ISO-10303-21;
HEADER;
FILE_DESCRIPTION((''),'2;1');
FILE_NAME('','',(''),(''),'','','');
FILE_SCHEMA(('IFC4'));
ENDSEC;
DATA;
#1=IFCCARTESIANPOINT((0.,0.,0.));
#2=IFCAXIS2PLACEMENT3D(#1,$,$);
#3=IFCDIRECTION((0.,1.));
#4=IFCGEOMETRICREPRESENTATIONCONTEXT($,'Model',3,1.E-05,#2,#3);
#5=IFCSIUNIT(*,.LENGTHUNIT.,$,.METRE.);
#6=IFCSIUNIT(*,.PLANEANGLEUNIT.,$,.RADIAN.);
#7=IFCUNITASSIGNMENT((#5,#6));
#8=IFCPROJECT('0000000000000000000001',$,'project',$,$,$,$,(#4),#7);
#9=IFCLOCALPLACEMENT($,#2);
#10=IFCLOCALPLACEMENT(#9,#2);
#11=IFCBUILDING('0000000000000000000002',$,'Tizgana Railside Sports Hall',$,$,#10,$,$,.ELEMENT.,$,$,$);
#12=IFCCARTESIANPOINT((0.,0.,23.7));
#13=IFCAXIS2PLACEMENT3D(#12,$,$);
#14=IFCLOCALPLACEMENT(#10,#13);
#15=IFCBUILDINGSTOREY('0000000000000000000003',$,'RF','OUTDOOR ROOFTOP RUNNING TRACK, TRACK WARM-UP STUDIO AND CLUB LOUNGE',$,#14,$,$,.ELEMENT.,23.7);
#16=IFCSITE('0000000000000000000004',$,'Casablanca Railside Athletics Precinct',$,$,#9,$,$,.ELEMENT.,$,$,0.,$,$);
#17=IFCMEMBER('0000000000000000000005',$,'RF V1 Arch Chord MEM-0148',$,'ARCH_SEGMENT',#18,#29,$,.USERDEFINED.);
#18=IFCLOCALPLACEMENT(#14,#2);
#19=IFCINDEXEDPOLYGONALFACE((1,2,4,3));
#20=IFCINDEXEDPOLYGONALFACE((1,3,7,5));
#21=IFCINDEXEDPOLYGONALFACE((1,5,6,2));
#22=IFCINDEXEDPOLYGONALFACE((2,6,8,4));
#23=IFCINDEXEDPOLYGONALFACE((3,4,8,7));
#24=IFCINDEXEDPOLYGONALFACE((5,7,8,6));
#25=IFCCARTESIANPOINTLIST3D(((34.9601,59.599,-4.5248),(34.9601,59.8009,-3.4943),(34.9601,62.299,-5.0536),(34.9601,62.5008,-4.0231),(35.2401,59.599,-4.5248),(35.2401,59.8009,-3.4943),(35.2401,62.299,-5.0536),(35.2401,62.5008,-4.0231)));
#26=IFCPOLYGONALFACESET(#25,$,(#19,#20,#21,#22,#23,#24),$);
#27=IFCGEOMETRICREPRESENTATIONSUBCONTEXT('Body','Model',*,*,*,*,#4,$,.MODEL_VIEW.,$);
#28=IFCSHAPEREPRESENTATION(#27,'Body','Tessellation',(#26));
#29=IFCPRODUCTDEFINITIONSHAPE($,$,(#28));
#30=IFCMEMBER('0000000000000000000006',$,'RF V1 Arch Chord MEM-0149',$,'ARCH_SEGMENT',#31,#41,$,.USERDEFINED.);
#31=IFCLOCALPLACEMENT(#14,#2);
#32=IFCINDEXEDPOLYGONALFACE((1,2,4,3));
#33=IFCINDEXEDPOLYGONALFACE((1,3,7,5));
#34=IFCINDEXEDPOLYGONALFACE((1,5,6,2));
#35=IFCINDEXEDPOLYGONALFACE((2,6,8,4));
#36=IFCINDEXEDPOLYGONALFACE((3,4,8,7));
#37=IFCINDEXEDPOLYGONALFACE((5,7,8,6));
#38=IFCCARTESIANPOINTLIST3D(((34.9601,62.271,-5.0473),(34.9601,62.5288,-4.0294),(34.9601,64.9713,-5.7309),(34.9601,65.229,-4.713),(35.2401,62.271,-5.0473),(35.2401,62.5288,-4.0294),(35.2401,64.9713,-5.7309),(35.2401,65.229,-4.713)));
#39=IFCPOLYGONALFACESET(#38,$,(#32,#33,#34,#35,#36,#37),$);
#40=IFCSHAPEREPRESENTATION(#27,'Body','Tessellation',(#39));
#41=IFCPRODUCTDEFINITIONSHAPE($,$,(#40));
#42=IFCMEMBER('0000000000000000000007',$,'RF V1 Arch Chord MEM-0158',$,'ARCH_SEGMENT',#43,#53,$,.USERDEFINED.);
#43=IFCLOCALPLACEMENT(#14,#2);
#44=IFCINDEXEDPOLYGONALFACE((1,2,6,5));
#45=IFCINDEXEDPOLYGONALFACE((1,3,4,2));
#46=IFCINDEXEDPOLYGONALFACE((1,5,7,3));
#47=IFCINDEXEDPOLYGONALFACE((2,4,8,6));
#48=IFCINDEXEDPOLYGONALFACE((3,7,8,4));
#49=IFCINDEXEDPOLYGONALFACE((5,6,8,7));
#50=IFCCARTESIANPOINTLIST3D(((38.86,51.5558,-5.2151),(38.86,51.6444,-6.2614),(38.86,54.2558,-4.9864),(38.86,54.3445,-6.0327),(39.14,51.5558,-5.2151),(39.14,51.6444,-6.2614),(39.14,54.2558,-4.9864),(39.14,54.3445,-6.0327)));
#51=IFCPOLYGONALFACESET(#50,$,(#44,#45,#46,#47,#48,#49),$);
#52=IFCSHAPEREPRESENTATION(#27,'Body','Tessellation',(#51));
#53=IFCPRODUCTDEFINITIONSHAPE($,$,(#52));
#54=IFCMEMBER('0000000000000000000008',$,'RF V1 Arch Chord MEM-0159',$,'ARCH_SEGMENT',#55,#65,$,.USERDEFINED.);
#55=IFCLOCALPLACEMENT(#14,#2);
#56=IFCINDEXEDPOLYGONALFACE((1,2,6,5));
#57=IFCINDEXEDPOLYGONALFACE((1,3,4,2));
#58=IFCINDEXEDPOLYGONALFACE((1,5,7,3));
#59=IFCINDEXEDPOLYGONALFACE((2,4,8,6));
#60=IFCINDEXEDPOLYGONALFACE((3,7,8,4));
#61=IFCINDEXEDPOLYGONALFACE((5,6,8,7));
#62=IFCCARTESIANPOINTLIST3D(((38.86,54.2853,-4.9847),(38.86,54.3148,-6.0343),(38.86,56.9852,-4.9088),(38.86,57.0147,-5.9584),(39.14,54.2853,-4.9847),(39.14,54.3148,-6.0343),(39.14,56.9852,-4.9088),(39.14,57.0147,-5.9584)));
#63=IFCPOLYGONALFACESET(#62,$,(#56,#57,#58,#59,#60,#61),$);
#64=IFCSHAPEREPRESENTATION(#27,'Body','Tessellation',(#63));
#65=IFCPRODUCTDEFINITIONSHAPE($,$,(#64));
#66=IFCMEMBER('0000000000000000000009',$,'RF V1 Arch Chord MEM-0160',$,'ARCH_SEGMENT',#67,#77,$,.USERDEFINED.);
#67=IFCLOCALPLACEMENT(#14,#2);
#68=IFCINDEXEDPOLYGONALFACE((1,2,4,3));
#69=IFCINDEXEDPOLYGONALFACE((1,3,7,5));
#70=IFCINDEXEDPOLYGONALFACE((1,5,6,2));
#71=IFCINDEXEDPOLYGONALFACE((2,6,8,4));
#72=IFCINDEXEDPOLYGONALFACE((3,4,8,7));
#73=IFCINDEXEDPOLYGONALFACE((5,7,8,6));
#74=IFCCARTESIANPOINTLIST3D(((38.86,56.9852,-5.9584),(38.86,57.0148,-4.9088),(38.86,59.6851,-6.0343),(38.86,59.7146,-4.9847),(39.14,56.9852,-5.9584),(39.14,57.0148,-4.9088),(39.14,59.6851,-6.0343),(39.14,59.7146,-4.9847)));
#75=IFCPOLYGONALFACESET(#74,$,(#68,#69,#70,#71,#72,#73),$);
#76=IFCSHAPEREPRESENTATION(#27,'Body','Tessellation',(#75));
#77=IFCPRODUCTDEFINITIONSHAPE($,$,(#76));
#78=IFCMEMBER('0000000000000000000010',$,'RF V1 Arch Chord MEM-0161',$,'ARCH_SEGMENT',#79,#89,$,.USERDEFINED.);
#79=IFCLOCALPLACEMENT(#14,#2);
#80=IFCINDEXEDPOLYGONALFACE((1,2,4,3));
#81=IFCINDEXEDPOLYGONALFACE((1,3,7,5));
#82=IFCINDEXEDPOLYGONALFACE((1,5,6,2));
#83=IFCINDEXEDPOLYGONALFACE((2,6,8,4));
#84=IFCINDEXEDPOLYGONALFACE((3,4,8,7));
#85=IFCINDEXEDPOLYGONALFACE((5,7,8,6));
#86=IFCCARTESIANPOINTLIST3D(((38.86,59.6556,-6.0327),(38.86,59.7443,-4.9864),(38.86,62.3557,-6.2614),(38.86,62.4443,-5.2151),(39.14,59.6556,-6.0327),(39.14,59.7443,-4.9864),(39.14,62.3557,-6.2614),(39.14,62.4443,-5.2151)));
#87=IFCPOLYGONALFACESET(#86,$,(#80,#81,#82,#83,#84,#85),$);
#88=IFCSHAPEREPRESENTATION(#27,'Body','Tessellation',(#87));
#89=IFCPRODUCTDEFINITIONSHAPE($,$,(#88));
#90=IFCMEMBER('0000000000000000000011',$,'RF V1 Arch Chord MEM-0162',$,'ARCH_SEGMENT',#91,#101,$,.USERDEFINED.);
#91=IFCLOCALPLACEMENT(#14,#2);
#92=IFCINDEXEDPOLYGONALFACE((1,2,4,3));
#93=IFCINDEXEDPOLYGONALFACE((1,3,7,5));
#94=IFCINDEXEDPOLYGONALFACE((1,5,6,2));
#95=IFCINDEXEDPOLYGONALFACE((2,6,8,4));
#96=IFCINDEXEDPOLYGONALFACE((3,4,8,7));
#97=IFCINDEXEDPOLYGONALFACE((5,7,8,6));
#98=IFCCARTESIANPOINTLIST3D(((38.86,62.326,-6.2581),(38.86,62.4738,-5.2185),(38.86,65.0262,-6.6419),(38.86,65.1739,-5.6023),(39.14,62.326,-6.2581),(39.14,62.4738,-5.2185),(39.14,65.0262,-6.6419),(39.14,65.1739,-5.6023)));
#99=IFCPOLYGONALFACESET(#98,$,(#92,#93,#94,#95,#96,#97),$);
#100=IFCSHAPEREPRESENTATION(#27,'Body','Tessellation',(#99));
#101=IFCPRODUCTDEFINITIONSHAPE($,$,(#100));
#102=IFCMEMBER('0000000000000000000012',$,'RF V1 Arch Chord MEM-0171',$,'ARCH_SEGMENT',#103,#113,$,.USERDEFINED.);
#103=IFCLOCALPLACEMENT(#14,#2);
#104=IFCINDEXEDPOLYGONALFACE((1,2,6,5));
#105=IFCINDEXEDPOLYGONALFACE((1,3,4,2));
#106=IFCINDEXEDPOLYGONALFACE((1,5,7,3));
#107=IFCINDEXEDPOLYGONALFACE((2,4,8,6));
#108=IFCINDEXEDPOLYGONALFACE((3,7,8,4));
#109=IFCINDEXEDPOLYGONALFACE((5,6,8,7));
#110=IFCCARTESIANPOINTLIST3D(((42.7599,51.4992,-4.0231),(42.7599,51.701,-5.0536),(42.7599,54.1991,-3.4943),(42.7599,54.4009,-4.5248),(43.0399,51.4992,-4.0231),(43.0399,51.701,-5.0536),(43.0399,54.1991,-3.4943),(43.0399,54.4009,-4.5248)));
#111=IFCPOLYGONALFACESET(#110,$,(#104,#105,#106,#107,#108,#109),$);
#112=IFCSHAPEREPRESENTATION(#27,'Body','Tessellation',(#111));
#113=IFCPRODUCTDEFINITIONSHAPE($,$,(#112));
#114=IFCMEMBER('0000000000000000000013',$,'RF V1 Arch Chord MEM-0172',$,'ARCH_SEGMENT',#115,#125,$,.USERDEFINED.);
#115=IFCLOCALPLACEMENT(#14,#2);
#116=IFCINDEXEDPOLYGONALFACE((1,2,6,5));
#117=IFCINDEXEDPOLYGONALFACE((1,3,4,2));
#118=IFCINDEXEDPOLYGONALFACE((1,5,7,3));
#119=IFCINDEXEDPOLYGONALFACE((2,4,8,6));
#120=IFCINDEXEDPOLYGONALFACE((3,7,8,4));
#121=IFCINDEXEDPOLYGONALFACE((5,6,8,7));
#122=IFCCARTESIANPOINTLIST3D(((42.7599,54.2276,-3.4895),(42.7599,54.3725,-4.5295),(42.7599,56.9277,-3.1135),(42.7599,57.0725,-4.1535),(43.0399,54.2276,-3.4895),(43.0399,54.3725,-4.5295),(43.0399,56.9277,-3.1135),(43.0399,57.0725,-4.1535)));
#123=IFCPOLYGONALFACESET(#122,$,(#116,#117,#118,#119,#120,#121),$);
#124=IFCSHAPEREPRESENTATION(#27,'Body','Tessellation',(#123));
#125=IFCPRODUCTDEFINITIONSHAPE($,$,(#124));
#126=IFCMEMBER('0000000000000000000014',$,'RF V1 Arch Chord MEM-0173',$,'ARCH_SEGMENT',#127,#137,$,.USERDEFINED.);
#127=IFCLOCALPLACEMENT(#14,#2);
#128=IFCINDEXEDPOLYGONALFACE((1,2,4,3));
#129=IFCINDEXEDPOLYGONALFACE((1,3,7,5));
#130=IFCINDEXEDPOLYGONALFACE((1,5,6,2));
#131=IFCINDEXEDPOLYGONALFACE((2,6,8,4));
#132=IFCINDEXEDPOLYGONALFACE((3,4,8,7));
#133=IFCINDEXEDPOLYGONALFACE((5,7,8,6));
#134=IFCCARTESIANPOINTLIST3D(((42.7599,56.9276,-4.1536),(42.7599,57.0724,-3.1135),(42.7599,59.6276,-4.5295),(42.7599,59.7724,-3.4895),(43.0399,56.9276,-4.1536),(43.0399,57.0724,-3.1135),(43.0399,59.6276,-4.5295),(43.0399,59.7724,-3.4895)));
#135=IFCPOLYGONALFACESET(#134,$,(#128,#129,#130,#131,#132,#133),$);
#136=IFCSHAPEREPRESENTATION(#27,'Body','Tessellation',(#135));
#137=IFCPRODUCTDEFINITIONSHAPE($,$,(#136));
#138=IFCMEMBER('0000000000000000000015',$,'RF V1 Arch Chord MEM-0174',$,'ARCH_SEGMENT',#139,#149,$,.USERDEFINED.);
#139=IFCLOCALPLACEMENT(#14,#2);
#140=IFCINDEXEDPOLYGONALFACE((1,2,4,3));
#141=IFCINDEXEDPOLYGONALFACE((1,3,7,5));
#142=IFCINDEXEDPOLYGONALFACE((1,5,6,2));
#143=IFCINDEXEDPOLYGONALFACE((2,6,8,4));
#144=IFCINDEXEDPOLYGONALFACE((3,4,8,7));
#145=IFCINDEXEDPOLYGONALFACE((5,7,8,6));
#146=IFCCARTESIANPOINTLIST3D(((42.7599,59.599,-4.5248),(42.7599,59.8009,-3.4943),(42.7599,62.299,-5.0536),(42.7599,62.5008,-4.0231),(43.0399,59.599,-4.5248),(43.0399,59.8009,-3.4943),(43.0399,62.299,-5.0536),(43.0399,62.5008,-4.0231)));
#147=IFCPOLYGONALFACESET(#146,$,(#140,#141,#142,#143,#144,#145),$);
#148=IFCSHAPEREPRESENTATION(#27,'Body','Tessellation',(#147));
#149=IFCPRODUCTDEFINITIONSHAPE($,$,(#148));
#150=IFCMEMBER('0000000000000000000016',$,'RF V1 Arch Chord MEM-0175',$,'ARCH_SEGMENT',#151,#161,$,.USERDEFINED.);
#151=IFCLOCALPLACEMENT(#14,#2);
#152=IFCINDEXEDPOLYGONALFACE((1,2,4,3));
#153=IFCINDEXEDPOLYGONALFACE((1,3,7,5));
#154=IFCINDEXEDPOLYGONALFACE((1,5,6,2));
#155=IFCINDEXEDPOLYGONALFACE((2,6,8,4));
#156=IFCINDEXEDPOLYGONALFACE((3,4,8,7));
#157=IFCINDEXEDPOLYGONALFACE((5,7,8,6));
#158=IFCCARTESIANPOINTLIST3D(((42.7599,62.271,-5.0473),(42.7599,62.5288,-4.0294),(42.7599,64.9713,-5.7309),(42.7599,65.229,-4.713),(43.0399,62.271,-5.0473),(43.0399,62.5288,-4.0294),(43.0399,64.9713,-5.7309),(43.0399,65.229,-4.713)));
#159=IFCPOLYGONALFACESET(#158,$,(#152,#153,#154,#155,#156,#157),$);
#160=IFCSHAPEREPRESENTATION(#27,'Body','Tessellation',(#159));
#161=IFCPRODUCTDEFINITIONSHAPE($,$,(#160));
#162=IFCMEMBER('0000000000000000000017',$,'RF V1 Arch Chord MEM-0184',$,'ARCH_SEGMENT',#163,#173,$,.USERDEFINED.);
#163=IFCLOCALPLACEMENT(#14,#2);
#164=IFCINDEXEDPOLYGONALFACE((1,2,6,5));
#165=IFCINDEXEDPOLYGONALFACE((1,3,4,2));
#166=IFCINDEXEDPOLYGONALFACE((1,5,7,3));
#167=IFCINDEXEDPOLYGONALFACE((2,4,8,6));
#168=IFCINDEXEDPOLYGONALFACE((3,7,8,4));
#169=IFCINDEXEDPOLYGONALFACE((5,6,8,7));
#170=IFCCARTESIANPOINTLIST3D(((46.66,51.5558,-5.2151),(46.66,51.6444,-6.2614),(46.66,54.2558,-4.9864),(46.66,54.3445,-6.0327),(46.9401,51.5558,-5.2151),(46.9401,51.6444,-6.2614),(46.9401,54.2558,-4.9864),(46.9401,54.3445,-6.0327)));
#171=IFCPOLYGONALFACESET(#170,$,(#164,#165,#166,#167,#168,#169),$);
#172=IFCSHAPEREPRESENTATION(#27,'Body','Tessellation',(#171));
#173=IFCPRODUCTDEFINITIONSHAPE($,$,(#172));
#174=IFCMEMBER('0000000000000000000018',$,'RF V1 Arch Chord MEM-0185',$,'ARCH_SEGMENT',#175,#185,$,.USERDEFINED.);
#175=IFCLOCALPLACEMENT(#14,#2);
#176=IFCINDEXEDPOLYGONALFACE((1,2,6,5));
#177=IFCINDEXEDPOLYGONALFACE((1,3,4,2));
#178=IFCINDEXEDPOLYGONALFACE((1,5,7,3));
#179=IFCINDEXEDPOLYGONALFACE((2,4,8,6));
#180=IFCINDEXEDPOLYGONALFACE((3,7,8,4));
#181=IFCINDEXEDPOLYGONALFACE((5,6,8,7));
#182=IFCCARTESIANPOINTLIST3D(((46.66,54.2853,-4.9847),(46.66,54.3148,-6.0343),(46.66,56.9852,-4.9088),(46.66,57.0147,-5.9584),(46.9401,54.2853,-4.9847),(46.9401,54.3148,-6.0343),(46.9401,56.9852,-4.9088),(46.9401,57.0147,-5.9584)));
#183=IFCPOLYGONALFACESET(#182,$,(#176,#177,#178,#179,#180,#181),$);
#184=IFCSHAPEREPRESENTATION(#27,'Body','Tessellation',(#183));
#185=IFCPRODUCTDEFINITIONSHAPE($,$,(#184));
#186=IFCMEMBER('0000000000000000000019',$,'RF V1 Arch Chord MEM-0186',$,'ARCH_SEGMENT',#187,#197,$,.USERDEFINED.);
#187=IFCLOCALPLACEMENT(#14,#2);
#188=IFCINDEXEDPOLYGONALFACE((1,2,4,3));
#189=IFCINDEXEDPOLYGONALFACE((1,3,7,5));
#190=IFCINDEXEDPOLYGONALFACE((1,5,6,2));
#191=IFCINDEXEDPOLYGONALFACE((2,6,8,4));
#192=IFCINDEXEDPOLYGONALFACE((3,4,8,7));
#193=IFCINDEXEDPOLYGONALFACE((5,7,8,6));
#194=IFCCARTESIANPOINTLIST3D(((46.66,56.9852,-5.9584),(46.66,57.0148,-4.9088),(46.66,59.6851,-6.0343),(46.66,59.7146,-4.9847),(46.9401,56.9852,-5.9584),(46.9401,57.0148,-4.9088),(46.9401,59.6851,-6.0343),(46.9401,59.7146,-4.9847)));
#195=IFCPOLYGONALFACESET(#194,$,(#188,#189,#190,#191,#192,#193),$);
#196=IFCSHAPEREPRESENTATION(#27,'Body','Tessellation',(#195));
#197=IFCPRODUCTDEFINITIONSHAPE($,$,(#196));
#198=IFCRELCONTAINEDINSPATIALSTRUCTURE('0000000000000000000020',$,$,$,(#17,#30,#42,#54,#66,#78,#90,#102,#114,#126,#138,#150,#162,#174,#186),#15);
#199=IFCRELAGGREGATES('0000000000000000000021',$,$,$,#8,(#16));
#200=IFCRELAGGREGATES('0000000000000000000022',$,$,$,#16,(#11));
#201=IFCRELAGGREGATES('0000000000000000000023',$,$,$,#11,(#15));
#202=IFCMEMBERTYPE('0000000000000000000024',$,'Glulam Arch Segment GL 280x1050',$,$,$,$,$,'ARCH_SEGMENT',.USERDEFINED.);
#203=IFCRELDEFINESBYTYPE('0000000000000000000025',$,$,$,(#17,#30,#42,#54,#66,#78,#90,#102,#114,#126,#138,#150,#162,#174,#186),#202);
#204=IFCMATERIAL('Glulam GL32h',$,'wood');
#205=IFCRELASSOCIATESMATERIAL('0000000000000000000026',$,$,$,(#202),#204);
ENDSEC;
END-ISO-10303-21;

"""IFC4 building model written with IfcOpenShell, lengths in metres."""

from ifc_helpers import new_model, si_unit, direction, frame, origin, origin_2d, place, context, subcontext, project, spatial, rectangle, extrude, material, material_profile, profile_set, type_object, element, save


model = new_model("IFC4")

# Units and contexts
model_context = context("Model", 3, precision=1e-05, world=origin(), true_north=direction((0.0, 1.0)))
body_context = subcontext(model_context, "Body", "Model", "MODEL_VIEW")
ifc_project = project(units=[si_unit("LENGTHUNIT", "METRE"), si_unit("PLANEANGLEUNIT", "RADIAN")], contexts=[model_context])

# Site, building, storey
site_placement = place(None, origin())
site = spatial("IfcSite", under=ifc_project, at=site_placement, Name="Casablanca Railside Athletics Precinct", CompositionType="ELEMENT", RefElevation=0.0)
building_placement = place(site_placement, origin())
building = spatial("IfcBuilding", under=site, at=building_placement, Name="Tizgana Railside Sports Hall", CompositionType="ELEMENT")
storey_placement = place(building_placement, frame((0.0, 0.0, 23.7)))
storey = spatial("IfcBuildingStorey", under=building, at=storey_placement, Name="RF", Description="OUTDOOR ROOFTOP RUNNING TRACK, TRACK WARM-UP STUDIO AND CLUB LOUNGE", CompositionType="ELEMENT", Elevation=23.7)

# Members
ifc_material_1 = material(Name="Glulam GL32h", Category="wood")
ifc_material_profile_1 = material_profile(ifc_material_1, rectangle(XDim=0.28, YDim=1.05, at=origin_2d()), Name="GL 280x1050")
ifc_profile_set_1 = profile_set([ifc_material_profile_1], Name="Glulam GL32h")
member_type_1 = type_object("IfcMemberType", Name="Glulam Arch Segment GL 280x1050", ElementType="ARCH_SEGMENT", PredefinedType="USERDEFINED", material=ifc_profile_set_1)
member_1_placement = place(storey_placement, frame((35.1001, 59.7, -4.0095), z_axis=(0.0, 0.981354, -0.192207), x_axis=(-1.0, 0.0, 0.0)))
element("IfcMember", 1, at=member_1_placement, inside=storey, type_object=member_type_1, Name="RF V1 Arch Chord MEM-0148", ObjectType="ARCH_SEGMENT", PredefinedType="USERDEFINED", context=body_context, shape_type="SweptSolid", body=[
    extrude(rectangle(XDim=0.28, YDim=1.05, at=origin_2d()), origin(), (0.0, 0.0, 1.0), 2.7512),
])
member_2_placement = place(storey_placement, frame((35.1001, 62.3999, -4.5383), z_axis=(0.0, 0.969416, -0.245422), x_axis=(-1.0, 0.0, 0.0)))
element("IfcMember", 2, at=member_2_placement, inside=storey, type_object=member_type_1, Name="RF V1 Arch Chord MEM-0149", ObjectType="ARCH_SEGMENT", PredefinedType="USERDEFINED", context=body_context, shape_type="SweptSolid", body=[
    extrude(rectangle(XDim=0.28, YDim=1.05, at=origin_2d()), origin(), (0.0, 0.0, 1.0), 2.7854),
])
member_3_placement = place(storey_placement, frame((39.0, 51.6001, -5.7383), z_axis=(0.0, 0.99643, 0.084425), x_axis=(-1.0, 0.0, 0.0)))
element("IfcMember", 3, at=member_3_placement, inside=storey, type_object=member_type_1, Name="RF V1 Arch Chord MEM-0158", ObjectType="ARCH_SEGMENT", PredefinedType="USERDEFINED", context=body_context, shape_type="SweptSolid", body=[
    extrude(rectangle(XDim=0.28, YDim=1.05, at=origin_2d()), origin(), (0.0, 0.0, 1.0), 2.7097),
])
for number, where, z_axis, x_axis, name in (
    (4, (39.0, 54.3, -5.5095), (0.0, 0.999605, 0.028111), (-1.0, 0.0, 0.0), "RF V1 Arch Chord MEM-0159"),
    (5, (39.0, 57.0, -5.4336), (0.0, 0.999605, -0.028111), (-1.0, 0.0, 0.0), "RF V1 Arch Chord MEM-0160"),
):
    element("IfcMember", number, at=place(storey_placement, frame(where, z_axis=z_axis, x_axis=x_axis)), inside=storey, type_object=member_type_1, Name=name, ObjectType="ARCH_SEGMENT", PredefinedType="USERDEFINED", context=body_context, shape_type="SweptSolid", body=[
        extrude(rectangle(XDim=0.28, YDim=1.05, at=origin_2d()), origin(), (0.0, 0.0, 1.0), 2.7009),
    ])
member_4_placement = place(storey_placement, frame((39.0, 59.7, -5.5095), z_axis=(0.0, 0.99643, -0.084425), x_axis=(-1.0, 0.0, 0.0)))
element("IfcMember", 6, at=member_4_placement, inside=storey, type_object=member_type_1, Name="RF V1 Arch Chord MEM-0161", ObjectType="ARCH_SEGMENT", PredefinedType="USERDEFINED", context=body_context, shape_type="SweptSolid", body=[
    extrude(rectangle(XDim=0.28, YDim=1.05, at=origin_2d()), origin(), (0.0, 0.0, 1.0), 2.7097),
])
member_5_placement = place(storey_placement, frame((39.0, 62.3999, -5.7383), z_axis=(0.0, 0.99005, -0.14072), x_axis=(-1.0, 0.0, 0.0)))
element("IfcMember", 7, at=member_5_placement, inside=storey, type_object=member_type_1, Name="RF V1 Arch Chord MEM-0162", ObjectType="ARCH_SEGMENT", PredefinedType="USERDEFINED", context=body_context, shape_type="SweptSolid", body=[
    extrude(rectangle(XDim=0.28, YDim=1.05, at=origin_2d()), origin(), (0.0, 0.0, 1.0), 2.7273),
])
member_6_placement = place(storey_placement, frame((42.8999, 51.6001, -4.5383), z_axis=(0.0, 0.981354, 0.192207), x_axis=(-1.0, 0.0, 0.0)))
element("IfcMember", 8, at=member_6_placement, inside=storey, type_object=member_type_1, Name="RF V1 Arch Chord MEM-0171", ObjectType="ARCH_SEGMENT", PredefinedType="USERDEFINED", context=body_context, shape_type="SweptSolid", body=[
    extrude(rectangle(XDim=0.28, YDim=1.05, at=origin_2d()), origin(), (0.0, 0.0, 1.0), 2.7512),
])
for number, where, z_axis, x_axis, name in (
    (9, (42.8999, 54.3, -4.0095), (0.0, 0.990443, 0.137922), (-1.0, 0.0, 0.0), "RF V1 Arch Chord MEM-0172"),
    (10, (42.8999, 57.0, -3.6335), (0.0, 0.990443, -0.137922), (-1.0, 0.0, 0.0), "RF V1 Arch Chord MEM-0173"),
):
    element("IfcMember", number, at=place(storey_placement, frame(where, z_axis=z_axis, x_axis=x_axis)), inside=storey, type_object=member_type_1, Name=name, ObjectType="ARCH_SEGMENT", PredefinedType="USERDEFINED", context=body_context, shape_type="SweptSolid", body=[
        extrude(rectangle(XDim=0.28, YDim=1.05, at=origin_2d()), origin(), (0.0, 0.0, 1.0), 2.7261),
    ])
member_7_placement = place(storey_placement, frame((42.8999, 59.7, -4.0095), z_axis=(0.0, 0.981354, -0.192207), x_axis=(-1.0, 0.0, 0.0)))
element("IfcMember", 11, at=member_7_placement, inside=storey, type_object=member_type_1, Name="RF V1 Arch Chord MEM-0174", ObjectType="ARCH_SEGMENT", PredefinedType="USERDEFINED", context=body_context, shape_type="SweptSolid", body=[
    extrude(rectangle(XDim=0.28, YDim=1.05, at=origin_2d()), origin(), (0.0, 0.0, 1.0), 2.7512),
])
member_8_placement = place(storey_placement, frame((42.8999, 62.3999, -4.5383), z_axis=(0.0, 0.969416, -0.245422), x_axis=(-1.0, 0.0, 0.0)))
element("IfcMember", 12, at=member_8_placement, inside=storey, type_object=member_type_1, Name="RF V1 Arch Chord MEM-0175", ObjectType="ARCH_SEGMENT", PredefinedType="USERDEFINED", context=body_context, shape_type="SweptSolid", body=[
    extrude(rectangle(XDim=0.28, YDim=1.05, at=origin_2d()), origin(), (0.0, 0.0, 1.0), 2.7854),
])
member_9_placement = place(storey_placement, frame((46.8, 51.6001, -5.7383), z_axis=(0.0, 0.99643, 0.084425), x_axis=(-1.0, 0.0, 0.0)))
element("IfcMember", 13, at=member_9_placement, inside=storey, type_object=member_type_1, Name="RF V1 Arch Chord MEM-0184", ObjectType="ARCH_SEGMENT", PredefinedType="USERDEFINED", context=body_context, shape_type="SweptSolid", body=[
    extrude(rectangle(XDim=0.28, YDim=1.05, at=origin_2d()), origin(), (0.0, 0.0, 1.0), 2.7097),
])
for number, where, z_axis, x_axis, name in (
    (14, (46.8, 54.3, -5.5095), (0.0, 0.999605, 0.028111), (-1.0, 0.0, 0.0), "RF V1 Arch Chord MEM-0185"),
    (15, (46.8, 57.0, -5.4336), (0.0, 0.999605, -0.028111), (-1.0, 0.0, 0.0), "RF V1 Arch Chord MEM-0186"),
):
    element("IfcMember", number, at=place(storey_placement, frame(where, z_axis=z_axis, x_axis=x_axis)), inside=storey, type_object=member_type_1, Name=name, ObjectType="ARCH_SEGMENT", PredefinedType="USERDEFINED", context=body_context, shape_type="SweptSolid", body=[
        extrude(rectangle(XDim=0.28, YDim=1.05, at=origin_2d()), origin(), (0.0, 0.0, 1.0), 2.7009),
    ])

save(model, "model.ifc")
